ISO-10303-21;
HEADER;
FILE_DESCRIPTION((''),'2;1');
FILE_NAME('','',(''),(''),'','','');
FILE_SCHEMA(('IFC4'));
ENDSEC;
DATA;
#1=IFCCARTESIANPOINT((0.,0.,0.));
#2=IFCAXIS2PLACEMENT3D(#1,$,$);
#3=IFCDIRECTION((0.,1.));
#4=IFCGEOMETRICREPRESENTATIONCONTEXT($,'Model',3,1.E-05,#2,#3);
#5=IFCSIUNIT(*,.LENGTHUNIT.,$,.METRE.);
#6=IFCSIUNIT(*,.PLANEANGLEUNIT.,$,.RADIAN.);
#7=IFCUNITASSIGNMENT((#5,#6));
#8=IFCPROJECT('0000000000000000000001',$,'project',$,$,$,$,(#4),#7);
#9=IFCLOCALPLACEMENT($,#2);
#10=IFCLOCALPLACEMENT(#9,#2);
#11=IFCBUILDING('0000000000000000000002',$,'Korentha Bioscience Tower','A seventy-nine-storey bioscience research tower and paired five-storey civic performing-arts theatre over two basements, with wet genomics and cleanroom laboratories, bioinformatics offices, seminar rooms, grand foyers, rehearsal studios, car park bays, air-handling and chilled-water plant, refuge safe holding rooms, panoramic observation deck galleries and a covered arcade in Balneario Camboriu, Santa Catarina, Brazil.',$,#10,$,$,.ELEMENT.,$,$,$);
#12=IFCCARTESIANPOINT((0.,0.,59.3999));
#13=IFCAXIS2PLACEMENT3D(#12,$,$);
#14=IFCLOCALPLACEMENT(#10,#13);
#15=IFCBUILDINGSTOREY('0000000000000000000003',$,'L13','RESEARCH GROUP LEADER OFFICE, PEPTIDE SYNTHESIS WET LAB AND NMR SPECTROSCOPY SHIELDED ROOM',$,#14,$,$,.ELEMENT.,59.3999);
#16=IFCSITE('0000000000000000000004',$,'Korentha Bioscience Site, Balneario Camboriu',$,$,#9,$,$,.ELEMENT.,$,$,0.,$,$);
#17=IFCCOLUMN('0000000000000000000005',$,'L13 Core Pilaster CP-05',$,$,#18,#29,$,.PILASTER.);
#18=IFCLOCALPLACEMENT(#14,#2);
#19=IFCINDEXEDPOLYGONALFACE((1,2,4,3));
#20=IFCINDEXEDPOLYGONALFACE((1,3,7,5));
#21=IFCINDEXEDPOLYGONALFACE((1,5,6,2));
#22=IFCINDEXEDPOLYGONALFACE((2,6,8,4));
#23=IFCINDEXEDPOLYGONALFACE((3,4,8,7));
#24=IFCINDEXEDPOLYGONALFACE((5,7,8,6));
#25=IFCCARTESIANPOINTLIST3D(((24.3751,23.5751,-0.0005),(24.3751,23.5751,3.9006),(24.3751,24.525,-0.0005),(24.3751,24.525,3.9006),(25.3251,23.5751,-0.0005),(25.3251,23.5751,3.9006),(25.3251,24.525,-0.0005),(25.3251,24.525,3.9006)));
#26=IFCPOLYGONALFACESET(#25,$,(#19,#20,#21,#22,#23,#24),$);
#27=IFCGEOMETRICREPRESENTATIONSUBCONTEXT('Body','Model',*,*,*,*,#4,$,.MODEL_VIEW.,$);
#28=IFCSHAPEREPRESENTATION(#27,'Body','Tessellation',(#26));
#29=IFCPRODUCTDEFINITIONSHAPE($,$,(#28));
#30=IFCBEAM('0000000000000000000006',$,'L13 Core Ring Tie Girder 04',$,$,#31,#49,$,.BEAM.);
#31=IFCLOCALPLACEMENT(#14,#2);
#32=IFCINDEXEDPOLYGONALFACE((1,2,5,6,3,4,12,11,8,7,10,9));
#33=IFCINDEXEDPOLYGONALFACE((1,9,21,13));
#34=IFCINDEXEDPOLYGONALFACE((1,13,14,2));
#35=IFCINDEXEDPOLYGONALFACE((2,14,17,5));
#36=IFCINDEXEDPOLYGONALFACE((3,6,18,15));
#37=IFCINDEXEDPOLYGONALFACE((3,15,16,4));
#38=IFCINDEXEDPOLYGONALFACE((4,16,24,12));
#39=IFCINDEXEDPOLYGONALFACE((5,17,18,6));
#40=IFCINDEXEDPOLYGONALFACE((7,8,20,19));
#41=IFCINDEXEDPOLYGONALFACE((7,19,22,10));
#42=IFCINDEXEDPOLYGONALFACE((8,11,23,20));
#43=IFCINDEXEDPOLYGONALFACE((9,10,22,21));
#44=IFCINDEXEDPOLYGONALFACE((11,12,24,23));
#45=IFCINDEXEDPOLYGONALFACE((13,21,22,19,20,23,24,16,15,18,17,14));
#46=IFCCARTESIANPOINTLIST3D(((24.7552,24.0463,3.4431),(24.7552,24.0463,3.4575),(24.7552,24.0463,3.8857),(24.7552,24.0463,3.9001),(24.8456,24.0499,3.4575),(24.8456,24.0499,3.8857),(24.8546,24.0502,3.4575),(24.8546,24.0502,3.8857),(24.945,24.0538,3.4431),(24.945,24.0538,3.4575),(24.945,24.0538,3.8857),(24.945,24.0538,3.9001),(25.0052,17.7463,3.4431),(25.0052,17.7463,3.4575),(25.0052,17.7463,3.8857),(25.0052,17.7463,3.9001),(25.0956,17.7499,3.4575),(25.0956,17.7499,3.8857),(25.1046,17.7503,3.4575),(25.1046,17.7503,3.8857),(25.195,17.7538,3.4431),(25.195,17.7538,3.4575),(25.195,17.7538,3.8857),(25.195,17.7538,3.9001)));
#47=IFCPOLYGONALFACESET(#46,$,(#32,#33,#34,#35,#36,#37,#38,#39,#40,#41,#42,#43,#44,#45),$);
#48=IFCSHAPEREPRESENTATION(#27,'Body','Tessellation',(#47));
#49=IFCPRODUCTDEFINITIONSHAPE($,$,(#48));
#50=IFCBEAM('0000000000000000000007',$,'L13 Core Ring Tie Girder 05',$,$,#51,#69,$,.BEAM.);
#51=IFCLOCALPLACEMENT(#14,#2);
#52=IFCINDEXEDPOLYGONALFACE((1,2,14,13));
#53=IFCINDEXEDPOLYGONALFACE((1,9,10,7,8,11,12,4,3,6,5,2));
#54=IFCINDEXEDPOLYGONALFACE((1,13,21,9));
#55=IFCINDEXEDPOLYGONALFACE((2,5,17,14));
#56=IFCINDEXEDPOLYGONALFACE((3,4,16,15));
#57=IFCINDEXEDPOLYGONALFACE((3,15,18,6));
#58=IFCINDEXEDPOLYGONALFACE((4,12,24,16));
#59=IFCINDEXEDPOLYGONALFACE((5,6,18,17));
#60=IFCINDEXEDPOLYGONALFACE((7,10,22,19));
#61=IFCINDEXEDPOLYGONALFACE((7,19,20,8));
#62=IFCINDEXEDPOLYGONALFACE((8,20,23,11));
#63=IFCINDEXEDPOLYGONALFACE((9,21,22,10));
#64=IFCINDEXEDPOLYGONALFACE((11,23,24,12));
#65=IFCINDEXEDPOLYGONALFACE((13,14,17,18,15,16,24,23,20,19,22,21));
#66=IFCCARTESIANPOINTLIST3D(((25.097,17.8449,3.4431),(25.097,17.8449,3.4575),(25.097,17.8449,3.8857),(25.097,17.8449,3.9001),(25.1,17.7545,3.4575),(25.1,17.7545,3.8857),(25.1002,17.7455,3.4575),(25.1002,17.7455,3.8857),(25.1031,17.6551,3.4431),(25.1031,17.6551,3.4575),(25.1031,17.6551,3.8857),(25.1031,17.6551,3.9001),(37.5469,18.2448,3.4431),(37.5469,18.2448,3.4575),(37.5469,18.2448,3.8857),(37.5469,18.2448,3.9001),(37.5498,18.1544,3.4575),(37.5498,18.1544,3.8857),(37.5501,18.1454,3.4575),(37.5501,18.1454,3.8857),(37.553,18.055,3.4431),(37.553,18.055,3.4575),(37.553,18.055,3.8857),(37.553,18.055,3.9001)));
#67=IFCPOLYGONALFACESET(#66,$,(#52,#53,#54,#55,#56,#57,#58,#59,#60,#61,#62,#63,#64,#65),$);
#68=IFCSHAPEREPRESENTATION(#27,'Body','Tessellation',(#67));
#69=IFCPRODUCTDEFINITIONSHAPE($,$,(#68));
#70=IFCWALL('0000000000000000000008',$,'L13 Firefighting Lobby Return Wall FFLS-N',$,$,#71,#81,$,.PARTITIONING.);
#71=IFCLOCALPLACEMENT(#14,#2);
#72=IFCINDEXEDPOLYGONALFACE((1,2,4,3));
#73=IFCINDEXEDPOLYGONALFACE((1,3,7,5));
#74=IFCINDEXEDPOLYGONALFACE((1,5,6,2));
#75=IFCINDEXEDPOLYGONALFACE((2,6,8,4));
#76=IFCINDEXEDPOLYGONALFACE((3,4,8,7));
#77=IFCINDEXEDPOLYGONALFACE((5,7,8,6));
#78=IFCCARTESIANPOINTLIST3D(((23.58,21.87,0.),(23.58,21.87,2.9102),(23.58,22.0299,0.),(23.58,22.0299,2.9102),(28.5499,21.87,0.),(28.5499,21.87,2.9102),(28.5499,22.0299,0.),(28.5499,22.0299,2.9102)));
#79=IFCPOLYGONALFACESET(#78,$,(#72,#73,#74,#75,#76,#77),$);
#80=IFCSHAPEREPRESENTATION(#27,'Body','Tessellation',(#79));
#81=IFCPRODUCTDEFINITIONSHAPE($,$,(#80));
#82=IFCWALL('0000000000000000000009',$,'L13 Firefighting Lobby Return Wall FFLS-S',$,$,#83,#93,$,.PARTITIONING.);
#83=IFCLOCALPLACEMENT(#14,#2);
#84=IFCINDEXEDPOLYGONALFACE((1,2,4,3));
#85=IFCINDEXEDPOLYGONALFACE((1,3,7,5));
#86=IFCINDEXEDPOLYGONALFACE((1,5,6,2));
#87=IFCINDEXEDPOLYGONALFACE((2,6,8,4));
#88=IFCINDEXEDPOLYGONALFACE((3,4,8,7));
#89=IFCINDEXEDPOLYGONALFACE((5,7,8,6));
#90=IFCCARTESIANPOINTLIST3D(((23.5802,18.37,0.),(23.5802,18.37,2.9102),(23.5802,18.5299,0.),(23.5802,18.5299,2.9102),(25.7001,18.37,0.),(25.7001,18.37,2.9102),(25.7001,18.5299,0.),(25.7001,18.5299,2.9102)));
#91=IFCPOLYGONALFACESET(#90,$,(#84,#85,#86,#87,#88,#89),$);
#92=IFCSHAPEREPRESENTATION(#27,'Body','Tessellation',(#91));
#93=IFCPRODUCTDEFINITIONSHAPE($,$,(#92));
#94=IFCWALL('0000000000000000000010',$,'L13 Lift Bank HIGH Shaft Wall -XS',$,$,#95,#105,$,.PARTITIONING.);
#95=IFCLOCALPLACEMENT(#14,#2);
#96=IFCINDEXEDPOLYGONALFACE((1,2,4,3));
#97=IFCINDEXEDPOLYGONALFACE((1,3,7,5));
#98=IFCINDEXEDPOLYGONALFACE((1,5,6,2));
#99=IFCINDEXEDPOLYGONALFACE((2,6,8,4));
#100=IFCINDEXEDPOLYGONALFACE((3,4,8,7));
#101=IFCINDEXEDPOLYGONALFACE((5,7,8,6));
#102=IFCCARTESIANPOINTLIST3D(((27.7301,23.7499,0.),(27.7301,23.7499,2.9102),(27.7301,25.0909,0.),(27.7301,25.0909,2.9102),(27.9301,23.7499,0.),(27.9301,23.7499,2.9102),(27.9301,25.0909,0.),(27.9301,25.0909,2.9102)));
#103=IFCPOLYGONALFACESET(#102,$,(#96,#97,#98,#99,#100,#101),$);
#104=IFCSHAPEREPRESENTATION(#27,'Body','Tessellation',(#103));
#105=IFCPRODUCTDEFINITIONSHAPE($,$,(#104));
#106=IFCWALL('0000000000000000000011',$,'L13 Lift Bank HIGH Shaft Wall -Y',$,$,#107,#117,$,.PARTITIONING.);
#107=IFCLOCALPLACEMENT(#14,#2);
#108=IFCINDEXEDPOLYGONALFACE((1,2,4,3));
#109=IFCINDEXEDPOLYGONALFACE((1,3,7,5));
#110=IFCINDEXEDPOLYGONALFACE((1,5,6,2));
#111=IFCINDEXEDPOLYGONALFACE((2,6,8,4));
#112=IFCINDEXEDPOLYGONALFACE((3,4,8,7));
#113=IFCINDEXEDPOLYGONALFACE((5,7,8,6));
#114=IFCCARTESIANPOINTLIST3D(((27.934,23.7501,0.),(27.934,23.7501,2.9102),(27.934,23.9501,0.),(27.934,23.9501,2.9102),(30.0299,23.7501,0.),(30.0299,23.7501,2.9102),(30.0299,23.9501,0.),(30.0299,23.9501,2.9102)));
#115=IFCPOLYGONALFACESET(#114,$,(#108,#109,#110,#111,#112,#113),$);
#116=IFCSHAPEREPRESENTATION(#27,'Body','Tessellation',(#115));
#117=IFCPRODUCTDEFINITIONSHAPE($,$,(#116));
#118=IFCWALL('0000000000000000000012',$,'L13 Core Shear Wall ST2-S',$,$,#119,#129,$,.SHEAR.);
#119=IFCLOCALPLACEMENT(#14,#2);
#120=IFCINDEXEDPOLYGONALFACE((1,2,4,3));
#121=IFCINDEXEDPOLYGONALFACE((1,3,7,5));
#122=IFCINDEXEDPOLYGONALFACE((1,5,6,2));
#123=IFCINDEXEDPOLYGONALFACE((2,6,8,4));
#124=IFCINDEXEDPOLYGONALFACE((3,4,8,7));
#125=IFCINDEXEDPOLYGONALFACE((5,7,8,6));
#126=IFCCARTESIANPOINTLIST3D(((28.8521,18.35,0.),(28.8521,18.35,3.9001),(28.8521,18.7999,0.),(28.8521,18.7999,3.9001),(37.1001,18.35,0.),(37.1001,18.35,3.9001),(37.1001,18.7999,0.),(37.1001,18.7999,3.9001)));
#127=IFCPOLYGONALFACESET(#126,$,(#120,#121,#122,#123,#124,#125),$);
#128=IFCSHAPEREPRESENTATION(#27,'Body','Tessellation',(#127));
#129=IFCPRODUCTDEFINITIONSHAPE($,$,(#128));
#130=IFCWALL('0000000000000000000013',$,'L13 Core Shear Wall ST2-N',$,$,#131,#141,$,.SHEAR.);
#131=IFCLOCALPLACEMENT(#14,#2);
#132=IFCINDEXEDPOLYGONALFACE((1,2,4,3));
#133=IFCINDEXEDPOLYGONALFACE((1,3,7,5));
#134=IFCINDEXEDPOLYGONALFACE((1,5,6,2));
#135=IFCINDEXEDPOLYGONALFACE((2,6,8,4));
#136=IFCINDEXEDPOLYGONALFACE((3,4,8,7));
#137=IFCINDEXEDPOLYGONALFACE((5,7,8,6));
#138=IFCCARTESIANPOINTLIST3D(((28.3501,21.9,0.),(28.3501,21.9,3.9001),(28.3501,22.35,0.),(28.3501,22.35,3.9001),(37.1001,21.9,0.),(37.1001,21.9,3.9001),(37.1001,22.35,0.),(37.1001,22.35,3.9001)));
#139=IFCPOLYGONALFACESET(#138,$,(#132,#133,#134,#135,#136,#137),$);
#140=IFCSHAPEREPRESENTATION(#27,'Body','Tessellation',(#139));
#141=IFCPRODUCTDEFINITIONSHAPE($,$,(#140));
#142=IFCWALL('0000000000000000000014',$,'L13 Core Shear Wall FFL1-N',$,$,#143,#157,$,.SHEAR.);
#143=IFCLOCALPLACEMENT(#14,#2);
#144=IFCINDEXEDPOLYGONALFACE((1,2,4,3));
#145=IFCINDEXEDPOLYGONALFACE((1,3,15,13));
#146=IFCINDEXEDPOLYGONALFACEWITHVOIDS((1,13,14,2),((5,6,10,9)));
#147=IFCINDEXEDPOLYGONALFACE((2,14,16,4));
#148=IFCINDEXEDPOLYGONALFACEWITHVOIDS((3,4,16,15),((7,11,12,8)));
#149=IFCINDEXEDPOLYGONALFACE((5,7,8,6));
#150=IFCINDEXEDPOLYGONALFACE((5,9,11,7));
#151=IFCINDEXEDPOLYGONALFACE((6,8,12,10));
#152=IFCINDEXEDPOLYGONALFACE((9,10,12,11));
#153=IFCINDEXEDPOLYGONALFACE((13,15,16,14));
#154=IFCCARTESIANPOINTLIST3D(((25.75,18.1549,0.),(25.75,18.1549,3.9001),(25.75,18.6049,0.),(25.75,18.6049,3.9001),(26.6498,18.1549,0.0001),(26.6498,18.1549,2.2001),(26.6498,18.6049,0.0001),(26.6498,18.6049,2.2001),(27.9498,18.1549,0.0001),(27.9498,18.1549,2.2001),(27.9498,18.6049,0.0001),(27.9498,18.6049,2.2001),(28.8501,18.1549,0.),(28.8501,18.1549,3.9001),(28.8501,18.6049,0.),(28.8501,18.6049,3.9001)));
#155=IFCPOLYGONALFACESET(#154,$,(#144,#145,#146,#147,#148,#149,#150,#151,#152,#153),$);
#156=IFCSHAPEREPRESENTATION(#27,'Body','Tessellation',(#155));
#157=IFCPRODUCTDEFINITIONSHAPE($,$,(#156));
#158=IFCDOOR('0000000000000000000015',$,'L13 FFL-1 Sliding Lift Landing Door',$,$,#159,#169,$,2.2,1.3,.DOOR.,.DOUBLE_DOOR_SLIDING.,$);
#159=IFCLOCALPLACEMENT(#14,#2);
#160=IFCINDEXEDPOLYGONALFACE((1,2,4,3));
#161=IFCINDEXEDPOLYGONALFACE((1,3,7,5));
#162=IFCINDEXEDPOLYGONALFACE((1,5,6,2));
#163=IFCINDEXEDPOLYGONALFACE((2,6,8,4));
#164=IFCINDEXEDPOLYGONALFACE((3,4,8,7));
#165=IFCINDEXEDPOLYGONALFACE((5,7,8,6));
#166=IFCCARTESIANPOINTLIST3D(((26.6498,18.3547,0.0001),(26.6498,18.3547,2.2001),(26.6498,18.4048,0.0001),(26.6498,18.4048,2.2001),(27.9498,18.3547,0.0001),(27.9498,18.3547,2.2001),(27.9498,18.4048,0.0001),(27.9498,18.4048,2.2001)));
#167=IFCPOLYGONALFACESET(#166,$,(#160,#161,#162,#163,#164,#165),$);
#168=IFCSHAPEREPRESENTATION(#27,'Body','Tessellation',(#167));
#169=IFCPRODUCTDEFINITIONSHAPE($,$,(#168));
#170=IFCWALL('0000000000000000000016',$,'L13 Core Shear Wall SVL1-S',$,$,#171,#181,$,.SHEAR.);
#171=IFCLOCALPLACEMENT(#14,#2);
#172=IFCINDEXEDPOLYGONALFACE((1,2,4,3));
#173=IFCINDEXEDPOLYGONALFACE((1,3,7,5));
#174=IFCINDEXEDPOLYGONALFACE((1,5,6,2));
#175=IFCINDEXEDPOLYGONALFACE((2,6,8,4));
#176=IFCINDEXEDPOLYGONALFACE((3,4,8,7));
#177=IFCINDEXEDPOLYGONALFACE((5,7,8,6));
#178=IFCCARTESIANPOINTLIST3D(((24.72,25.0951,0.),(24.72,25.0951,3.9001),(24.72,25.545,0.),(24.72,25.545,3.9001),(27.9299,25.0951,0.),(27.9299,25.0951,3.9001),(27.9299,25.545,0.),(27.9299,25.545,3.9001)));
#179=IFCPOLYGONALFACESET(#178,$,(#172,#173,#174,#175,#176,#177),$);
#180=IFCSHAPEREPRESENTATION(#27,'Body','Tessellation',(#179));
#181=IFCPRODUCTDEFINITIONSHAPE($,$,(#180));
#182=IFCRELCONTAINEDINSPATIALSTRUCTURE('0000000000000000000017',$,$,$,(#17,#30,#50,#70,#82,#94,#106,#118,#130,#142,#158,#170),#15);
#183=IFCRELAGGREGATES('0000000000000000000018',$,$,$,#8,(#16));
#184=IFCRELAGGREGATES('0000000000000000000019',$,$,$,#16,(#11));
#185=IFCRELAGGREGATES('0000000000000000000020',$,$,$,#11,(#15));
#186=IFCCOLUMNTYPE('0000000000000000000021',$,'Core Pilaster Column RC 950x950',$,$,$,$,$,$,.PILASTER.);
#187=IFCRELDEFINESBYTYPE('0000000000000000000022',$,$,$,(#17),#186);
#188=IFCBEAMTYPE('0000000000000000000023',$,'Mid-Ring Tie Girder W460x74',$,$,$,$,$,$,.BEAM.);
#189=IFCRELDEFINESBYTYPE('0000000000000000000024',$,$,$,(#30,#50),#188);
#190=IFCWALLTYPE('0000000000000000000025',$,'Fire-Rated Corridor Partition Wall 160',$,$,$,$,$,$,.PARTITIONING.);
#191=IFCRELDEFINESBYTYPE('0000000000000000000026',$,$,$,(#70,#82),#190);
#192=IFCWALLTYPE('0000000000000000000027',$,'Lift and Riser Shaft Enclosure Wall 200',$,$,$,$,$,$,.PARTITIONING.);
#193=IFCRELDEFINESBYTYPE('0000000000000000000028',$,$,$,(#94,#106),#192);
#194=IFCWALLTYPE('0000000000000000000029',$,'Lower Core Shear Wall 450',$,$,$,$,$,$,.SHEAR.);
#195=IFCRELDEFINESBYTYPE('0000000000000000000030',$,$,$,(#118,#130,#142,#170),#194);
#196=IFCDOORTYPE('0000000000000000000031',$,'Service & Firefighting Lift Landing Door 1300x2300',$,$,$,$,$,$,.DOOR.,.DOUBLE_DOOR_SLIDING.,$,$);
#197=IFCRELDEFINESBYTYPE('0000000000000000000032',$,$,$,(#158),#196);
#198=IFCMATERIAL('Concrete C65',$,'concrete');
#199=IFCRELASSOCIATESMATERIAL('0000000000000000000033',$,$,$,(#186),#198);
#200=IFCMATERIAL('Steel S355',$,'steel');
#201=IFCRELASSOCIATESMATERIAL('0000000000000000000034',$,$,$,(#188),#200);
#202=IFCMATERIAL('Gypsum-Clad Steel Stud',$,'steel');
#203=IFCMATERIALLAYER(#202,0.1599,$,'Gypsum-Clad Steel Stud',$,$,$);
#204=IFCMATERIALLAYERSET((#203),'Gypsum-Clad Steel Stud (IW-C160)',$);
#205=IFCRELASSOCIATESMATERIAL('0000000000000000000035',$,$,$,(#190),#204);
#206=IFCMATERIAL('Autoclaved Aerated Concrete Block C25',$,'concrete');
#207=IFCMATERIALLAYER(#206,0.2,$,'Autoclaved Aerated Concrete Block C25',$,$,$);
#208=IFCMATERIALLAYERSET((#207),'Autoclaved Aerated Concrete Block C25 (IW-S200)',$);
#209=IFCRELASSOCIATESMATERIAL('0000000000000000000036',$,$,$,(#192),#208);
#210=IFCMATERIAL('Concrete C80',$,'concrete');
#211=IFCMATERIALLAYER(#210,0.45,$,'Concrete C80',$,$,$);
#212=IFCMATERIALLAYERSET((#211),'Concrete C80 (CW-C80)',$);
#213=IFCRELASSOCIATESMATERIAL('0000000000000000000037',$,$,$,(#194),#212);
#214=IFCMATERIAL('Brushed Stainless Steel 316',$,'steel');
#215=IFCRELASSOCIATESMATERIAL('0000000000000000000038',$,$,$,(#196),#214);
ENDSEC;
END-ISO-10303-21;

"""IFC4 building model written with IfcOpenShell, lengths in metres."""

from ifc_helpers import new_model, si_unit, direction, frame, frame_2d, origin, origin_2d, place, context, subcontext, project, spatial, rectangle, i_section, extrude, material, layer, layer_set, material_profile, profile_set, type_object, element, fill, save


model = new_model("IFC4")

# Units and contexts
model_context = context("Model", 3, precision=1e-05, world=origin(), true_north=direction((0.0, 1.0)))
body_context = subcontext(model_context, "Body", "Model", "MODEL_VIEW")
ifc_project = project(units=[si_unit("LENGTHUNIT", "METRE"), si_unit("PLANEANGLEUNIT", "RADIAN")], contexts=[model_context])

# Site, building, storey
site_placement = place(None, origin())
site = spatial("IfcSite", under=ifc_project, at=site_placement, Name="Korentha Bioscience Site, Balneario Camboriu", CompositionType="ELEMENT", RefElevation=0.0)
building_placement = place(site_placement, origin())
building = spatial("IfcBuilding", under=site, at=building_placement, Name="Korentha Bioscience Tower", Description="A seventy-nine-storey bioscience research tower and paired five-storey civic performing-arts theatre over two basements, with wet genomics and cleanroom laboratories, bioinformatics offices, seminar rooms, grand foyers, rehearsal studios, car park bays, air-handling and chilled-water plant, refuge safe holding rooms, panoramic observation deck galleries and a covered arcade in Balneario Camboriu, Santa Catarina, Brazil.", CompositionType="ELEMENT")
storey_placement = place(building_placement, frame((0.0, 0.0, 59.3999)))
storey = spatial("IfcBuildingStorey", under=building, at=storey_placement, Name="L13", Description="RESEARCH GROUP LEADER OFFICE, PEPTIDE SYNTHESIS WET LAB AND NMR SPECTROSCOPY SHIELDED ROOM", CompositionType="ELEMENT", Elevation=59.3999)

# Column
ifc_material_1 = material(Name="Concrete C65", Category="concrete")
ifc_material_profile_1 = material_profile(ifc_material_1, rectangle(XDim=0.95, YDim=0.95, at=origin_2d()), Name="Concrete C65")
ifc_profile_set_1 = profile_set([ifc_material_profile_1], Name="Concrete C65 (COL-CP09)")
column_type = type_object("IfcColumnType", Name="Core Pilaster Column RC 950x950", PredefinedType="PILASTER", material=ifc_profile_set_1)
column_placement = place(storey_placement, frame((24.8501, 24.05, -0.0005), z_axis=(0.0, 0.0, 1.0), x_axis=(1.0, 0.0, 0.0)))
element("IfcColumn", 1, at=column_placement, inside=storey, type_object=column_type, Name="L13 Core Pilaster CP-05", PredefinedType="PILASTER", context=body_context, shape_type="SweptSolid", body=[
    extrude(rectangle(XDim=0.95, YDim=0.95, at=origin_2d()), origin(), (0.0, 0.0, 1.0), 3.9011),
])

# Beams
ifc_material_2 = material(Name="Steel S355", Category="steel")
ifc_material_profile_2 = material_profile(ifc_material_2, i_section(OverallWidth=0.1899, OverallDepth=0.457, WebThickness=0.009, FlangeThickness=0.0144, at=origin_2d()), Name="Steel S355")
ifc_profile_set_2 = profile_set([ifc_material_profile_2], Name="Steel S355 (MB-460)")
beam_type = type_object("IfcBeamType", Name="Mid-Ring Tie Girder W460x74", PredefinedType="BEAM", material=ifc_profile_set_2)
beam_1_placement = place(storey_placement, frame((24.8501, 24.05, 3.6716), z_axis=(0.039651, -0.999214, 0.0), x_axis=(0.999214, 0.039651, 0.0)))
element("IfcBeam", 2, at=beam_1_placement, inside=storey, type_object=beam_type, Name="L13 Core Ring Tie Girder 04", PredefinedType="BEAM", context=body_context, shape_type="SweptSolid", body=[
    extrude(i_section(OverallWidth=0.1899, OverallDepth=0.457, WebThickness=0.009, FlangeThickness=0.0144, at=origin_2d()), origin(), (0.0, 0.0, 1.0), 6.3049),
])
beam_2_placement = place(storey_placement, frame((25.1001, 17.75, 3.6716), z_axis=(0.999485, 0.032104, 0.0), x_axis=(-0.032104, 0.999485, 0.0)))
element("IfcBeam", 3, at=beam_2_placement, inside=storey, type_object=beam_type, Name="L13 Core Ring Tie Girder 05", PredefinedType="BEAM", context=body_context, shape_type="SweptSolid", body=[
    extrude(i_section(OverallWidth=0.1899, OverallDepth=0.457, WebThickness=0.009, FlangeThickness=0.0144, at=origin_2d()), origin(), (0.0, 0.0, 1.0), 12.4563),
])

# Shared definitions
ifc_material_3 = material(Name="Gypsum-Clad Steel Stud", Category="steel")
ifc_layer_1 = layer(ifc_material_3, 0.1599, Name="Gypsum-Clad Steel Stud")
ifc_layer_set_1 = layer_set([ifc_layer_1], Name="Gypsum-Clad Steel Stud (IW-C160)")
wall_type_1 = type_object("IfcWallType", Name="Fire-Rated Corridor Partition Wall 160", PredefinedType="PARTITIONING", material=ifc_layer_set_1)

# Walls
wall_1_placement = place(storey_placement, frame((23.5801, 21.95, 0.0), z_axis=(0.0, 0.0, 1.0), x_axis=(1.0, 0.0, 0.0)))
element("IfcWall", 4, at=wall_1_placement, inside=storey, type_object=wall_type_1, Name="L13 Firefighting Lobby Return Wall FFLS-N", PredefinedType="PARTITIONING", context=body_context, shape_type="SweptSolid", body=[
    extrude(rectangle(XDim=4.97, YDim=0.1599, at=frame_2d((2.4849, 0.0))), origin(), (0.0, 0.0, 1.0), 2.9102),
])
wall_2_placement = place(storey_placement, frame((23.5801, 18.45, 0.0), z_axis=(0.0, 0.0, 1.0), x_axis=(1.0, 0.0, 0.0)))
element("IfcWall", 5, at=wall_2_placement, inside=storey, type_object=wall_type_1, Name="L13 Firefighting Lobby Return Wall FFLS-S", PredefinedType="PARTITIONING", context=body_context, shape_type="SweptSolid", body=[
    extrude(rectangle(XDim=2.1199, YDim=0.1599, at=frame_2d((1.0601, 0.0))), origin(), (0.0, 0.0, 1.0), 2.9102),
])
ifc_material_4 = material(Name="Autoclaved Aerated Concrete Block C25", Category="concrete")
ifc_layer_2 = layer(ifc_material_4, 0.2, Name="Autoclaved Aerated Concrete Block C25")
ifc_layer_set_2 = layer_set([ifc_layer_2], Name="Autoclaved Aerated Concrete Block C25 (IW-S200)")
wall_type_2 = type_object("IfcWallType", Name="Lift and Riser Shaft Enclosure Wall 200", PredefinedType="PARTITIONING", material=ifc_layer_set_2)
wall_3_placement = place(storey_placement, frame((27.8301, 23.75, 0.0), z_axis=(0.0, 0.0, 1.0), x_axis=(0.0, 1.0, 0.0)))
element("IfcWall", 6, at=wall_3_placement, inside=storey, type_object=wall_type_2, Name="L13 Lift Bank HIGH Shaft Wall -XS", PredefinedType="PARTITIONING", context=body_context, shape_type="SweptSolid", body=[
    extrude(rectangle(XDim=1.3411, YDim=0.2, at=frame_2d((0.6704, 0.0))), origin(), (0.0, 0.0, 1.0), 2.9102),
])
wall_4_placement = place(storey_placement, frame((27.9341, 23.8501, 0.0), z_axis=(0.0, 0.0, 1.0), x_axis=(1.0, 0.0, 0.0)))
element("IfcWall", 7, at=wall_4_placement, inside=storey, type_object=wall_type_2, Name="L13 Lift Bank HIGH Shaft Wall -Y", PredefinedType="PARTITIONING", context=body_context, shape_type="SweptSolid", body=[
    extrude(rectangle(XDim=2.0959, YDim=0.2, at=frame_2d((1.0479, 0.0))), origin(), (0.0, 0.0, 1.0), 2.9102),
])
ifc_material_5 = material(Name="Concrete C80", Category="concrete")
ifc_layer_3 = layer(ifc_material_5, 0.45, Name="Concrete C80")
ifc_layer_set_3 = layer_set([ifc_layer_3], Name="Concrete C80 (CW-C80)")
wall_type_3 = type_object("IfcWallType", Name="Lower Core Shear Wall 450", PredefinedType="SHEAR", material=ifc_layer_set_3)
wall_5_placement = place(storey_placement, frame((28.8521, 18.575, 0.0), z_axis=(0.0, 0.0, 1.0), x_axis=(1.0, 0.0, 0.0)))
element("IfcWall", 8, at=wall_5_placement, inside=storey, type_object=wall_type_3, Name="L13 Core Shear Wall ST2-S", PredefinedType="SHEAR", context=body_context, shape_type="SweptSolid", body=[
    extrude(rectangle(XDim=8.248, YDim=0.45, at=frame_2d((4.124, 0.0))), origin(), (0.0, 0.0, 1.0), 3.9001),
])
wall_6_placement = place(storey_placement, frame((28.3501, 22.125, 0.0), z_axis=(0.0, 0.0, 1.0), x_axis=(1.0, 0.0, 0.0)))
element("IfcWall", 9, at=wall_6_placement, inside=storey, type_object=wall_type_3, Name="L13 Core Shear Wall ST2-N", PredefinedType="SHEAR", context=body_context, shape_type="SweptSolid", body=[
    extrude(rectangle(XDim=8.75, YDim=0.45, at=frame_2d((4.375, 0.0))), origin(), (0.0, 0.0, 1.0), 3.9001),
])

# Wall, opening, door
wall_7_placement = place(storey_placement, frame((25.75, 18.3799, 0.0), z_axis=(0.0, 0.0, 1.0), x_axis=(1.0, 0.0, 0.0)))
wall_7 = element("IfcWall", 10, at=wall_7_placement, inside=storey, type_object=wall_type_3, Name="L13 Core Shear Wall FFL1-N", PredefinedType="SHEAR", context=body_context, shape_type="SweptSolid", body=[
    extrude(rectangle(XDim=3.1001, YDim=0.45, at=frame_2d((1.55, 0.0))), origin(), (0.0, 0.0, 1.0), 3.9001),
])
opening_1_placement = place(wall_7_placement, frame((0.8999, 0.0, 0.0)))
opening_1 = element("IfcOpeningElement", 11, at=opening_1_placement, cuts=wall_7, PredefinedType="OPENING", context=body_context, shape_type="SweptSolid", body=[
    extrude(rectangle(XDim=1.3, YDim=2.2, at=frame_2d((0.6499, 1.1001))), frame((0.0, 0.2397, 0.0), z_axis=(0.0, -1.0, 0.0), x_axis=(1.0, 0.0, 0.0)), (0.0, 0.0, 1.0), 0.4797),
])
ifc_material_6 = material(Name="Brushed Stainless Steel 316", Category="steel")
door_type_1 = type_object("IfcDoorType", Name="Service & Firefighting Lift Landing Door 1300x2300", OperationType="DOUBLE_DOOR_SLIDING", PredefinedType="DOOR", material=ifc_material_6)
door_1_placement = place(opening_1_placement, origin())
door_1 = element("IfcDoor", 12, at=door_1_placement, inside=storey, type_object=door_type_1, Name="L13 FFL-1 Sliding Lift Landing Door", OperationType="DOUBLE_DOOR_SLIDING", OverallHeight=2.2, OverallWidth=1.3, PredefinedType="DOOR", context=body_context, shape_type="SweptSolid", body=[
    extrude(rectangle(XDim=1.3, YDim=2.2, at=frame_2d((0.6499, 1.1001))), frame((0.0, 0.0249, 0.0), z_axis=(0.0, -1.0, 0.0), x_axis=(1.0, 0.0, 0.0)), (0.0, 0.0, 1.0), 0.05),
])
fill(opening_1, door_1)

# Wall
wall_8_placement = place(storey_placement, frame((24.72, 25.3201, 0.0), z_axis=(0.0, 0.0, 1.0), x_axis=(1.0, 0.0, 0.0)))
element("IfcWall", 13, at=wall_8_placement, inside=storey, type_object=wall_type_3, Name="L13 Core Shear Wall SVL1-S", PredefinedType="SHEAR", context=body_context, shape_type="SweptSolid", body=[
    extrude(rectangle(XDim=3.21, YDim=0.45, at=frame_2d((1.605, 0.0))), origin(), (0.0, 0.0, 1.0), 3.9001),
])

save(model, "model.ifc")
